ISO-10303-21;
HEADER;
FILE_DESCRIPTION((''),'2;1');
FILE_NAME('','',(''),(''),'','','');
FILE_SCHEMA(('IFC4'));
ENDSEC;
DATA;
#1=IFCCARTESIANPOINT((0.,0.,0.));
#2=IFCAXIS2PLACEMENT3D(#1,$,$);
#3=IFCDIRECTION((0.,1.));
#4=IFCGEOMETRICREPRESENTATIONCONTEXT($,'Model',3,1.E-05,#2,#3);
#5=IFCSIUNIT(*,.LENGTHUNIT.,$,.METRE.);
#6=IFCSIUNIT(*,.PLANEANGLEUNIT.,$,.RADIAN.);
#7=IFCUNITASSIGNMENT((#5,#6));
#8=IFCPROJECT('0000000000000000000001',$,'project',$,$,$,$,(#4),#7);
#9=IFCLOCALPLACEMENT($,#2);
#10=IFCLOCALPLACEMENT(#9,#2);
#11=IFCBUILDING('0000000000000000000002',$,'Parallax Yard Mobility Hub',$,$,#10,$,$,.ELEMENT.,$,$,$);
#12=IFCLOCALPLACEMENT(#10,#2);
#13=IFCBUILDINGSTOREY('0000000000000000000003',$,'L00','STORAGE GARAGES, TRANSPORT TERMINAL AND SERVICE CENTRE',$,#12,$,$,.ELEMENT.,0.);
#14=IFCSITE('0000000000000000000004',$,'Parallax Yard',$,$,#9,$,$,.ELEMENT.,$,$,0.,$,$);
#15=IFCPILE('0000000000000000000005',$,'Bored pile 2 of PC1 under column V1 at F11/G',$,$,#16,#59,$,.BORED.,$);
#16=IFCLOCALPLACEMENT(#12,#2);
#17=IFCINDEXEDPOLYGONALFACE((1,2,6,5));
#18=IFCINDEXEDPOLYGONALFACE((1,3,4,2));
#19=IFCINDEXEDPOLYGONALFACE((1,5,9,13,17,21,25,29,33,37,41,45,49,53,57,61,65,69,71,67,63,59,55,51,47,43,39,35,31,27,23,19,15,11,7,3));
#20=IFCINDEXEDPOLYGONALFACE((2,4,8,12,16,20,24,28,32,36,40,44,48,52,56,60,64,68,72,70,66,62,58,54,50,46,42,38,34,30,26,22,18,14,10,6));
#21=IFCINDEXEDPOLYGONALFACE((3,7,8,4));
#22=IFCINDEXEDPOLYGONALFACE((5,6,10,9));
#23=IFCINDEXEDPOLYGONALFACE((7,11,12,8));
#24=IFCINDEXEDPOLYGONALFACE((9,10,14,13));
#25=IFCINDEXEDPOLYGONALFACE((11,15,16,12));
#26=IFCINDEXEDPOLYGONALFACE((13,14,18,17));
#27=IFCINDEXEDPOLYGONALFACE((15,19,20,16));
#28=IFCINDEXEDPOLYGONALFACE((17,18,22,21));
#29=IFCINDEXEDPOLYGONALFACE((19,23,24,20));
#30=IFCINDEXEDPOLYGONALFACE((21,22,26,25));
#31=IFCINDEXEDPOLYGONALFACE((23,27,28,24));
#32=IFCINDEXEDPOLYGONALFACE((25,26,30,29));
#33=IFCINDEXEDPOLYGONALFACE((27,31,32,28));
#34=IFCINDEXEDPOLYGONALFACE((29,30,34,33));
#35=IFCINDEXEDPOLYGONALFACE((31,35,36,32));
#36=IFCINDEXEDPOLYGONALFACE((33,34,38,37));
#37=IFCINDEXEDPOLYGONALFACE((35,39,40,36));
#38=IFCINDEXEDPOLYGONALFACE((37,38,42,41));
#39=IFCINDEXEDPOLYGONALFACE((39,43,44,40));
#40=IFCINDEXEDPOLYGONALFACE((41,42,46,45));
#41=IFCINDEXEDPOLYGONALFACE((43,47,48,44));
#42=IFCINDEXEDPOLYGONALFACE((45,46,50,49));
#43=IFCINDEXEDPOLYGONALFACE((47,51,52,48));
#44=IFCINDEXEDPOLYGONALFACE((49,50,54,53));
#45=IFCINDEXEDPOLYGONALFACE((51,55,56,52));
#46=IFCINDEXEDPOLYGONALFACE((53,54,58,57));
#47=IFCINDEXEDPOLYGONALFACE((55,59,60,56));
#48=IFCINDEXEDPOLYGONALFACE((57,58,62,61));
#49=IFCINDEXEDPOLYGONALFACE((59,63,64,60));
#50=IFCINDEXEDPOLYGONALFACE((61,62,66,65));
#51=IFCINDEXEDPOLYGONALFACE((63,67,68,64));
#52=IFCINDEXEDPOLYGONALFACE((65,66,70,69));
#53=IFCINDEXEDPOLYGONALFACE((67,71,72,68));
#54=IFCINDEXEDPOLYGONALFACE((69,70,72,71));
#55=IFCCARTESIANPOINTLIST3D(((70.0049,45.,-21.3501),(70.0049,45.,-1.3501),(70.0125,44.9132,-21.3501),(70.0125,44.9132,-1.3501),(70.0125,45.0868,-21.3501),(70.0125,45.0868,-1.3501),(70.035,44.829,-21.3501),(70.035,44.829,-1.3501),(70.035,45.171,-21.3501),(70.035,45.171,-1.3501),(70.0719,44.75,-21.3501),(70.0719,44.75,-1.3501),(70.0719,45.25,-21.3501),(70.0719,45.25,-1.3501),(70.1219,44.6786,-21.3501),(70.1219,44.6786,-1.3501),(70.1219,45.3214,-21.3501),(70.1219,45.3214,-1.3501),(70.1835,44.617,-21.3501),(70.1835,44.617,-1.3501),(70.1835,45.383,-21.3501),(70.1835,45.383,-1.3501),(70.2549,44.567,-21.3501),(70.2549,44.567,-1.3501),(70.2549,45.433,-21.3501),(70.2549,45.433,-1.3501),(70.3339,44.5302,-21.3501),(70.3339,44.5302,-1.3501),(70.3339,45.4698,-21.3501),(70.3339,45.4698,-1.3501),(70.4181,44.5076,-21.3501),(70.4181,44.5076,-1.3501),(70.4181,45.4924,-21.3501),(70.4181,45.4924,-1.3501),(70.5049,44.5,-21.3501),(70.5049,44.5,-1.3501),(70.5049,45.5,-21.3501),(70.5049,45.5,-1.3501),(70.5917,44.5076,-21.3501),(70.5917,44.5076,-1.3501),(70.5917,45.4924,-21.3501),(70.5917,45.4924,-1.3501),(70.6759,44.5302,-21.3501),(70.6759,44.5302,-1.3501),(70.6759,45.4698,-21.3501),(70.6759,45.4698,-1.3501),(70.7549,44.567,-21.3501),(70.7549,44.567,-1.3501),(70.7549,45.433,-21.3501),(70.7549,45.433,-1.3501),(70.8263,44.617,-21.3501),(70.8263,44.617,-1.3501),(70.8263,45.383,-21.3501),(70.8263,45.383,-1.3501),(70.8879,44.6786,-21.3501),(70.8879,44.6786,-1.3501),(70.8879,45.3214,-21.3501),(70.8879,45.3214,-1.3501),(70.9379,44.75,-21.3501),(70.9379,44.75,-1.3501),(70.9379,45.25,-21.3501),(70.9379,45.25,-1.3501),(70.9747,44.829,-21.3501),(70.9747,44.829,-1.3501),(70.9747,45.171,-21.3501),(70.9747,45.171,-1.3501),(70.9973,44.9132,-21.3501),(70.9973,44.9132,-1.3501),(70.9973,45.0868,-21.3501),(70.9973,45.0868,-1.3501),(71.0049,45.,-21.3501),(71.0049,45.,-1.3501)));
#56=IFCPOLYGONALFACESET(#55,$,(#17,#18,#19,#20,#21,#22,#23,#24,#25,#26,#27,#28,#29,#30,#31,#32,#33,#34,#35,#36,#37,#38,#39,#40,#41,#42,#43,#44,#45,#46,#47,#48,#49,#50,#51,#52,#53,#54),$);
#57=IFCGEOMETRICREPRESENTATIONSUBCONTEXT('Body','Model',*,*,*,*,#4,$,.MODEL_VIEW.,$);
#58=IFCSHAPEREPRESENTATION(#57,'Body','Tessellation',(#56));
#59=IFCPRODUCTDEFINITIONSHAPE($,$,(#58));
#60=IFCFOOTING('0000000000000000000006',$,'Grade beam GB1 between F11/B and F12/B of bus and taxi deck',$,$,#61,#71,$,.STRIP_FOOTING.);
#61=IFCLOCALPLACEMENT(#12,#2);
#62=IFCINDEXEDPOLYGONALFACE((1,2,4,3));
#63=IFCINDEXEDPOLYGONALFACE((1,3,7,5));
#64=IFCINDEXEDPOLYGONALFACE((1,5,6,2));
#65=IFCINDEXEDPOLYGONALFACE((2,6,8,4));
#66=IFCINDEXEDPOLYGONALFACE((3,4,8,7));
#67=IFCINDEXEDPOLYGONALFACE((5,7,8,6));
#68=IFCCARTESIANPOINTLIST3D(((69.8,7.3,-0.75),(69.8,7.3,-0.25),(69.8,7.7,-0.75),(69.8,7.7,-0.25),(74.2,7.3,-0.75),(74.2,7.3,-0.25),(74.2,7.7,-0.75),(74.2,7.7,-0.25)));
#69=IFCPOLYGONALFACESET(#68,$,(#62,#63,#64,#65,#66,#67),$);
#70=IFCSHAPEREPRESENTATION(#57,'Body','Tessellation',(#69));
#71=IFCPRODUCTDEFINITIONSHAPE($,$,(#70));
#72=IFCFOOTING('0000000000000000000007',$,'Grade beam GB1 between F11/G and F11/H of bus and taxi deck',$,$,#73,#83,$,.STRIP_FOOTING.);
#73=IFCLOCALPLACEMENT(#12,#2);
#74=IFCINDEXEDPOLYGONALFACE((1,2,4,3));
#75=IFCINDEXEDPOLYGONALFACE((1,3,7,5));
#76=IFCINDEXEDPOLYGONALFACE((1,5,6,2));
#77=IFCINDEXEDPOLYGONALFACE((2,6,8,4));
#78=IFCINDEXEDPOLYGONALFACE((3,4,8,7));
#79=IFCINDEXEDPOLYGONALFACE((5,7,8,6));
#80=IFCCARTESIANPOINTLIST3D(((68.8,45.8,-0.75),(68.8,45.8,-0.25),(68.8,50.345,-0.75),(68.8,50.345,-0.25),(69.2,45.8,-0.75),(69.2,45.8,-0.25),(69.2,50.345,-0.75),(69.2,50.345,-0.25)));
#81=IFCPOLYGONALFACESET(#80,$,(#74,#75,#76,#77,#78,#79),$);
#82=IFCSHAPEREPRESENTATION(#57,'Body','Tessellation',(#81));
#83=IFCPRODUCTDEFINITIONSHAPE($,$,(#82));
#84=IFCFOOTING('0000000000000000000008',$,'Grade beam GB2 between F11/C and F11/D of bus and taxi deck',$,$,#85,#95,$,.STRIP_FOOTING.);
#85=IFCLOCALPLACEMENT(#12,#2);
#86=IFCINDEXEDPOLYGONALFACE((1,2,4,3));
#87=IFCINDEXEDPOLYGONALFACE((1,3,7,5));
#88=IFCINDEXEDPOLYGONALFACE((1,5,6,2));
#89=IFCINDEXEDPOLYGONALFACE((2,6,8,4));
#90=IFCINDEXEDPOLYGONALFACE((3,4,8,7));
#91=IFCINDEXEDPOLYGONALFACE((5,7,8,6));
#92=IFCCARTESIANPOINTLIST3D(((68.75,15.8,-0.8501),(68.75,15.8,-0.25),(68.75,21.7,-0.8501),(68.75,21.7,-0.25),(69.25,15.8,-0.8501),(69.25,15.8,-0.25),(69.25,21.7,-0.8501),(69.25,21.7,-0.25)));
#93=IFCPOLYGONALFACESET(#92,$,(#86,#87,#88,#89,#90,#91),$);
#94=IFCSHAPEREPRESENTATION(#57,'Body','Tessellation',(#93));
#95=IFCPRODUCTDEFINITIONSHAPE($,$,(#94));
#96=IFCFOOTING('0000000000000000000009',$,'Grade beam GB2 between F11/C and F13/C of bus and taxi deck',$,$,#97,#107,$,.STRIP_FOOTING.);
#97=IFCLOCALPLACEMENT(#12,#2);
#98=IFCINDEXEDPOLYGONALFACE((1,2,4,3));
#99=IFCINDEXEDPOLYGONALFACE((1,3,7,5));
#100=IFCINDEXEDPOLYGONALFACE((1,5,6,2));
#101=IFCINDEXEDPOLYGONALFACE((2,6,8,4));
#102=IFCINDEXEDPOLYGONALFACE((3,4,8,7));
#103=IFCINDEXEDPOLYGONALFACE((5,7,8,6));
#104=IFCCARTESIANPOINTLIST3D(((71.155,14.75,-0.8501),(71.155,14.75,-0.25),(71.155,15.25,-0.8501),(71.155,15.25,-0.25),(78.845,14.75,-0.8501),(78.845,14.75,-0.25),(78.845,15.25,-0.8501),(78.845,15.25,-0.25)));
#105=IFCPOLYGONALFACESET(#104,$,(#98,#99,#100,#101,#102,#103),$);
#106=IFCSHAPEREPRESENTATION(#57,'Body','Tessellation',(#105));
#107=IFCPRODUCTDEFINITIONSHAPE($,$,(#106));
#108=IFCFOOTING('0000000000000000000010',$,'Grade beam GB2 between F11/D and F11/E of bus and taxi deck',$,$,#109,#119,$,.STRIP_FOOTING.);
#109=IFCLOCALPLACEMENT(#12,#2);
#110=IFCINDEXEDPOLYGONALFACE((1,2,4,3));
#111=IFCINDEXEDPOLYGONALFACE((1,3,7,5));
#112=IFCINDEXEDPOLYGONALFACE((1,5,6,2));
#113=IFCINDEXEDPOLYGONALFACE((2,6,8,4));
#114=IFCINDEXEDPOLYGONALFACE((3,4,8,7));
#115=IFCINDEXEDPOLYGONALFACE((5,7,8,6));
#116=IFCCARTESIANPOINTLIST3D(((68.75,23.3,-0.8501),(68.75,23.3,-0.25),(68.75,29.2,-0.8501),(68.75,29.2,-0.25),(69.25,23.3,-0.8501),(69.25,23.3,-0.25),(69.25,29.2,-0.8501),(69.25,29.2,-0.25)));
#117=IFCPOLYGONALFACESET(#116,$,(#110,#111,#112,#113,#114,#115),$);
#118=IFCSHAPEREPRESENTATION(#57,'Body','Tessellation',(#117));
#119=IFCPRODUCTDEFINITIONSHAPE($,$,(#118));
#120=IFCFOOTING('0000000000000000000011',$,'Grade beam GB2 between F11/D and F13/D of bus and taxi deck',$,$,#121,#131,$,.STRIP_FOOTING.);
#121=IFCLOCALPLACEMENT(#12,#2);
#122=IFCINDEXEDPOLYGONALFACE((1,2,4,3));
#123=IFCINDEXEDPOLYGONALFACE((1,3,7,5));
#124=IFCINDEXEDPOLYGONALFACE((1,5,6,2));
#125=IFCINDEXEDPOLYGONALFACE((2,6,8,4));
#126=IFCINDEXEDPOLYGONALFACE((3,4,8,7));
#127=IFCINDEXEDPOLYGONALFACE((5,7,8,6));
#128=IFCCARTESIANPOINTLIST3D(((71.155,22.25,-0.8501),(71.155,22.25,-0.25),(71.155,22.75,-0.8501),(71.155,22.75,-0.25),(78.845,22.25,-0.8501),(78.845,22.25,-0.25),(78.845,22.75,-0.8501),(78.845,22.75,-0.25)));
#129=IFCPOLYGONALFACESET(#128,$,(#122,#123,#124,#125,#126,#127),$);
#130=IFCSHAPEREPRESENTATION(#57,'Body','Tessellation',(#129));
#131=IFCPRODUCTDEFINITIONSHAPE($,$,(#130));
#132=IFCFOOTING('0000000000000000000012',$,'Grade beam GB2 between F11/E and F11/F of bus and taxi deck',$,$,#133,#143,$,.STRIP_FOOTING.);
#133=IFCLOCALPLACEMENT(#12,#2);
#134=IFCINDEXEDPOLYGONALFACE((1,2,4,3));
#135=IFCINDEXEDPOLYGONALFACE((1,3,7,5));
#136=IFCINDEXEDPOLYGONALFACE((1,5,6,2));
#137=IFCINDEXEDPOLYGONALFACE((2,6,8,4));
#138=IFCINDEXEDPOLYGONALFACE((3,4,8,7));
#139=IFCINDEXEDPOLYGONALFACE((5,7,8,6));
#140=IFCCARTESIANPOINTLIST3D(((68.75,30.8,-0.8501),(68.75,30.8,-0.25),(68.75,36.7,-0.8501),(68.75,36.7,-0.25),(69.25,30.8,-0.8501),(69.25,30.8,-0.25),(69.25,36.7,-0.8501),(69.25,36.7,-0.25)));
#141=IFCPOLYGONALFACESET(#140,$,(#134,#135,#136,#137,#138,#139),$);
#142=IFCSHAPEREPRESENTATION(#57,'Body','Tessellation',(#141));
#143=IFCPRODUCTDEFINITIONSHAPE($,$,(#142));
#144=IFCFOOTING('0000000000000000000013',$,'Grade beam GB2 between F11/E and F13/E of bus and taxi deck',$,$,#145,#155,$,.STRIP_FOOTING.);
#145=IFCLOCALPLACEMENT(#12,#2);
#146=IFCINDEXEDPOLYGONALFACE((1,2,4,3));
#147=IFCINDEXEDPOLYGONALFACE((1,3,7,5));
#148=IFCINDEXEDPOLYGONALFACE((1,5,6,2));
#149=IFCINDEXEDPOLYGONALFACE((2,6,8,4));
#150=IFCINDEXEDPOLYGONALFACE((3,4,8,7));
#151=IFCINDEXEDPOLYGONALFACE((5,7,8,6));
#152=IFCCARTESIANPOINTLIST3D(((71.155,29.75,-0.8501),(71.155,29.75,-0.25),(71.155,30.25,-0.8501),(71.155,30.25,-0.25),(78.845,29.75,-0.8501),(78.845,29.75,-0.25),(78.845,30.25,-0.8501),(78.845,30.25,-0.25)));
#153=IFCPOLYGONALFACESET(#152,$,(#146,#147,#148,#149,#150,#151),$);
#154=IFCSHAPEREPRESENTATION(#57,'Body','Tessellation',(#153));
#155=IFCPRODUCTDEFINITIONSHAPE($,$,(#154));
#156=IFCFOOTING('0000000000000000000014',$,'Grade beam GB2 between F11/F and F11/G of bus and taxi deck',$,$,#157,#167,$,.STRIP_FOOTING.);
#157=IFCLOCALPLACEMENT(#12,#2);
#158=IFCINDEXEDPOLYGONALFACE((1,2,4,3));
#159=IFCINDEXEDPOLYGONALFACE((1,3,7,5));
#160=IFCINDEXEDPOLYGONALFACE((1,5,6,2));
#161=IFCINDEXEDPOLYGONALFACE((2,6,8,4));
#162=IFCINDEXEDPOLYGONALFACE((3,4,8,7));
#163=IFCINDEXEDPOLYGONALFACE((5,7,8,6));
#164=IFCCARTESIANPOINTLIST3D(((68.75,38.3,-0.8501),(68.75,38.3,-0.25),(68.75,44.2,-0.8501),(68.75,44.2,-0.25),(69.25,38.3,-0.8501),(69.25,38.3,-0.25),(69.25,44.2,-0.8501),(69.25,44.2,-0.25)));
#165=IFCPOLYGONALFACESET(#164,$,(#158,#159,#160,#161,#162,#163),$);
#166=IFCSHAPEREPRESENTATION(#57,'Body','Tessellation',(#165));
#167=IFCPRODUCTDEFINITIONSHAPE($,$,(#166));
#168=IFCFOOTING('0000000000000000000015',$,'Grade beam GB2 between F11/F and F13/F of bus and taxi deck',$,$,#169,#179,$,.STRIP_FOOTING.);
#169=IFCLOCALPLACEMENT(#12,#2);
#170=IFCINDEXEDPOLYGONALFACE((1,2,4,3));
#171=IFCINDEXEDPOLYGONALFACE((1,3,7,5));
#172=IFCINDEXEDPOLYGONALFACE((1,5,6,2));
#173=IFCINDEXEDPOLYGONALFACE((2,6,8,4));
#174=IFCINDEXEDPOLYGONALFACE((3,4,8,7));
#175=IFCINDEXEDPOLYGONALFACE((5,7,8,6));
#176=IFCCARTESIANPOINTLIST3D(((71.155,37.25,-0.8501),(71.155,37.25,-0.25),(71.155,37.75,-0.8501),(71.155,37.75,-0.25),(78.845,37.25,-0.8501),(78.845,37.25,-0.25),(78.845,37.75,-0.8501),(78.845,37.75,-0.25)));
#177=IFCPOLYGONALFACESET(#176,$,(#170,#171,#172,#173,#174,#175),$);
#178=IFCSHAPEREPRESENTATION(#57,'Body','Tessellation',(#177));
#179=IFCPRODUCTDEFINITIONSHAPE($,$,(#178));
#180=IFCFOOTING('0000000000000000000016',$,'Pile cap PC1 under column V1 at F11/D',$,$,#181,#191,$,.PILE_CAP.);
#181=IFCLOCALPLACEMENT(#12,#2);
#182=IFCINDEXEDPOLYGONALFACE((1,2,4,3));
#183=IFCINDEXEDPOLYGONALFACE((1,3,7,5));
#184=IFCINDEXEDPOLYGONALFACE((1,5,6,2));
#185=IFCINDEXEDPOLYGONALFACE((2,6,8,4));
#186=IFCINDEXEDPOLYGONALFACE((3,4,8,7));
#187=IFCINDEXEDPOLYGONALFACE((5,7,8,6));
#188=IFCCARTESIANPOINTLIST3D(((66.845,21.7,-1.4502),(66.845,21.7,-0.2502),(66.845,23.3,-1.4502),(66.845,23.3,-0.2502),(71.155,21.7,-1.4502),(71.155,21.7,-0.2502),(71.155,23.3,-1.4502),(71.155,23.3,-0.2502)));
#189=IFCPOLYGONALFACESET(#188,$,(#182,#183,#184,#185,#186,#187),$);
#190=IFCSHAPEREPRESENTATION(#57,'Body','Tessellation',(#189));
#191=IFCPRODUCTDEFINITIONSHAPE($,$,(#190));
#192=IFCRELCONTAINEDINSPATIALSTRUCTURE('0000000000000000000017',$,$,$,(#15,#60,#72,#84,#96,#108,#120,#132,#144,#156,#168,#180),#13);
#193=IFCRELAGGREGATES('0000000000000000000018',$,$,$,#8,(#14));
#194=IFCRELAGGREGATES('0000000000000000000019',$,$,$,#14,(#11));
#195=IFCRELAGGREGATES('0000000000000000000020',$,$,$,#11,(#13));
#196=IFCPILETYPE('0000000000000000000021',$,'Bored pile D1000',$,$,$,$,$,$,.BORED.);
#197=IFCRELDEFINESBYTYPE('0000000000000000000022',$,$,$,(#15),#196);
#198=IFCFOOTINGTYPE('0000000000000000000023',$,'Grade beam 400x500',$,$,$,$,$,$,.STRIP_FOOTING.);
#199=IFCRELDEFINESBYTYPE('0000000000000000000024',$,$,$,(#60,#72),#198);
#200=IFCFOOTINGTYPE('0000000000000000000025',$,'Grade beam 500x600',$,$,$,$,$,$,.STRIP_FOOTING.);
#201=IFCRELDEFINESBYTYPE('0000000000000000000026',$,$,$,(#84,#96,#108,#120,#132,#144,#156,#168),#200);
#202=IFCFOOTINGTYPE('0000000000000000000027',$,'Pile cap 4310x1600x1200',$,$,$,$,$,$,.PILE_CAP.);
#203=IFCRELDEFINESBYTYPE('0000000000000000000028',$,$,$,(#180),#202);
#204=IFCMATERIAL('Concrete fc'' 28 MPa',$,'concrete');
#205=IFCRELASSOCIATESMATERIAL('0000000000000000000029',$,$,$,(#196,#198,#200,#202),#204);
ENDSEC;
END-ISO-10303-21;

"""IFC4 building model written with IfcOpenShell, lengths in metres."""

from ifc_helpers import new_model, si_unit, direction, frame, origin, origin_2d, place, context, subcontext, project, spatial, rectangle, circle, extrude, material, material_profile, profile_set, type_object, element, save


model = new_model("IFC4")

# Units and contexts
model_context = context("Model", 3, precision=1e-05, world=origin(), true_north=direction((0.0, 1.0)))
body_context = subcontext(model_context, "Body", "Model", "MODEL_VIEW")
ifc_project = project(units=[si_unit("LENGTHUNIT", "METRE"), si_unit("PLANEANGLEUNIT", "RADIAN")], contexts=[model_context])

# Site, building, storey
site_placement = place(None, origin())
site = spatial("IfcSite", under=ifc_project, at=site_placement, Name="Parallax Yard", CompositionType="ELEMENT", RefElevation=0.0)
building_placement = place(site_placement, origin())
building = spatial("IfcBuilding", under=site, at=building_placement, Name="Parallax Yard Mobility Hub", CompositionType="ELEMENT")
storey_placement = place(building_placement, origin())
storey = spatial("IfcBuildingStorey", under=building, at=storey_placement, Name="L00", Description="STORAGE GARAGES, TRANSPORT TERMINAL AND SERVICE CENTRE", CompositionType="ELEMENT", Elevation=0.0)

# Pile
ifc_material_1 = material(Name="Concrete fc' 28 MPa", Category="concrete")
ifc_material_profile_1 = material_profile(ifc_material_1, circle(Radius=0.5, at=origin_2d()), Name="Bored pile D1000")
ifc_profile_set_1 = profile_set([ifc_material_profile_1], Name="Concrete fc' 28 MPa")
pile_type = type_object("IfcPileType", Name="Bored pile D1000", PredefinedType="BORED", material=ifc_profile_set_1)
for number, where, z_axis, x_axis, name in (
    (1, (70.5049, 45.0, -1.3501), (0.0, 0.0, -1.0), (1.0, 0.0, 0.0), "Bored pile 2 of PC1 under column V1 at F11/G"),
):
    element("IfcPile", number, at=place(storey_placement, frame(where, z_axis=z_axis, x_axis=x_axis)), inside=storey, type_object=pile_type, Name=name, PredefinedType="BORED", context=body_context, shape_type="SweptSolid", body=[
        extrude(circle(Radius=0.5, at=origin_2d()), origin(), (0.0, 0.0, 1.0), 20.0),
    ])

# Footings
ifc_material_profile_2 = material_profile(ifc_material_1, rectangle(XDim=0.3999, YDim=0.5, at=origin_2d()), Name="Grade beam 400x500")
ifc_profile_set_2 = profile_set([ifc_material_profile_2], Name="Concrete fc' 28 MPa")
footing_type_1 = type_object("IfcFootingType", Name="Grade beam 400x500", PredefinedType="STRIP_FOOTING", material=ifc_profile_set_2)
footing_1_placement = place(storey_placement, frame((69.8, 7.5, -0.5), z_axis=(1.0, 0.0, 0.0), x_axis=(0.0, 1.0, 0.0)))
element("IfcFooting", 2, at=footing_1_placement, inside=storey, type_object=footing_type_1, Name="Grade beam GB1 between F11/B and F12/B of bus and taxi deck", PredefinedType="STRIP_FOOTING", context=body_context, shape_type="SweptSolid", body=[
    extrude(rectangle(XDim=0.3999, YDim=0.5, at=origin_2d()), origin(), (0.0, 0.0, 1.0), 4.3999),
])
footing_2_placement = place(storey_placement, frame((69.0, 45.8, -0.5), z_axis=(0.0, 1.0, 0.0), x_axis=(-1.0, 0.0, 0.0)))
element("IfcFooting", 3, at=footing_2_placement, inside=storey, type_object=footing_type_1, Name="Grade beam GB1 between F11/G and F11/H of bus and taxi deck", PredefinedType="STRIP_FOOTING", context=body_context, shape_type="SweptSolid", body=[
    extrude(rectangle(XDim=0.3999, YDim=0.5, at=origin_2d()), origin(), (0.0, 0.0, 1.0), 4.5449),
])
ifc_material_profile_3 = material_profile(ifc_material_1, rectangle(XDim=0.5, YDim=0.6001, at=origin_2d()), Name="Grade beam 500x600")
ifc_profile_set_3 = profile_set([ifc_material_profile_3], Name="Concrete fc' 28 MPa")
footing_type_2 = type_object("IfcFootingType", Name="Grade beam 500x600", PredefinedType="STRIP_FOOTING", material=ifc_profile_set_3)
footing_3_placement = place(storey_placement, frame((69.0, 15.8, -0.55), z_axis=(0.0, 1.0, 0.0), x_axis=(-1.0, 0.0, 0.0)))
element("IfcFooting", 4, at=footing_3_placement, inside=storey, type_object=footing_type_2, Name="Grade beam GB2 between F11/C and F11/D of bus and taxi deck", PredefinedType="STRIP_FOOTING", context=body_context, shape_type="SweptSolid", body=[
    extrude(rectangle(XDim=0.5, YDim=0.6001, at=origin_2d()), origin(), (0.0, 0.0, 1.0), 5.8999),
])
footing_4_placement = place(storey_placement, frame((71.155, 15.0, -0.55), z_axis=(1.0, 0.0, 0.0), x_axis=(0.0, 1.0, 0.0)))
element("IfcFooting", 5, at=footing_4_placement, inside=storey, type_object=footing_type_2, Name="Grade beam GB2 between F11/C and F13/C of bus and taxi deck", PredefinedType="STRIP_FOOTING", context=body_context, shape_type="SweptSolid", body=[
    extrude(rectangle(XDim=0.5, YDim=0.6001, at=origin_2d()), origin(), (0.0, 0.0, 1.0), 7.6899),
])
footing_5_placement = place(storey_placement, frame((69.0, 23.3, -0.55), z_axis=(0.0, 1.0, 0.0), x_axis=(-1.0, 0.0, 0.0)))
element("IfcFooting", 6, at=footing_5_placement, inside=storey, type_object=footing_type_2, Name="Grade beam GB2 between F11/D and F11/E of bus and taxi deck", PredefinedType="STRIP_FOOTING", context=body_context, shape_type="SweptSolid", body=[
    extrude(rectangle(XDim=0.5, YDim=0.6001, at=origin_2d()), origin(), (0.0, 0.0, 1.0), 5.8999),
])
footing_6_placement = place(storey_placement, frame((71.155, 22.5, -0.55), z_axis=(1.0, 0.0, 0.0), x_axis=(0.0, 1.0, 0.0)))
element("IfcFooting", 7, at=footing_6_placement, inside=storey, type_object=footing_type_2, Name="Grade beam GB2 between F11/D and F13/D of bus and taxi deck", PredefinedType="STRIP_FOOTING", context=body_context, shape_type="SweptSolid", body=[
    extrude(rectangle(XDim=0.5, YDim=0.6001, at=origin_2d()), origin(), (0.0, 0.0, 1.0), 7.6899),
])
footing_7_placement = place(storey_placement, frame((69.0, 30.8, -0.55), z_axis=(0.0, 1.0, 0.0), x_axis=(-1.0, 0.0, 0.0)))
element("IfcFooting", 8, at=footing_7_placement, inside=storey, type_object=footing_type_2, Name="Grade beam GB2 between F11/E and F11/F of bus and taxi deck", PredefinedType="STRIP_FOOTING", context=body_context, shape_type="SweptSolid", body=[
    extrude(rectangle(XDim=0.5, YDim=0.6001, at=origin_2d()), origin(), (0.0, 0.0, 1.0), 5.8999),
])
footing_8_placement = place(storey_placement, frame((71.155, 30.0, -0.55), z_axis=(1.0, 0.0, 0.0), x_axis=(0.0, 1.0, 0.0)))
element("IfcFooting", 9, at=footing_8_placement, inside=storey, type_object=footing_type_2, Name="Grade beam GB2 between F11/E and F13/E of bus and taxi deck", PredefinedType="STRIP_FOOTING", context=body_context, shape_type="SweptSolid", body=[
    extrude(rectangle(XDim=0.5, YDim=0.6001, at=origin_2d()), origin(), (0.0, 0.0, 1.0), 7.6899),
])
footing_9_placement = place(storey_placement, frame((69.0, 38.3, -0.55), z_axis=(0.0, 1.0, 0.0), x_axis=(-1.0, 0.0, 0.0)))
element("IfcFooting", 10, at=footing_9_placement, inside=storey, type_object=footing_type_2, Name="Grade beam GB2 between F11/F and F11/G of bus and taxi deck", PredefinedType="STRIP_FOOTING", context=body_context, shape_type="SweptSolid", body=[
    extrude(rectangle(XDim=0.5, YDim=0.6001, at=origin_2d()), origin(), (0.0, 0.0, 1.0), 5.8999),
])
footing_10_placement = place(storey_placement, frame((71.155, 37.5, -0.55), z_axis=(1.0, 0.0, 0.0), x_axis=(0.0, 1.0, 0.0)))
element("IfcFooting", 11, at=footing_10_placement, inside=storey, type_object=footing_type_2, Name="Grade beam GB2 between F11/F and F13/F of bus and taxi deck", PredefinedType="STRIP_FOOTING", context=body_context, shape_type="SweptSolid", body=[
    extrude(rectangle(XDim=0.5, YDim=0.6001, at=origin_2d()), origin(), (0.0, 0.0, 1.0), 7.6899),
])
footing_type_3 = type_object("IfcFootingType", Name="Pile cap 4310x1600x1200", PredefinedType="PILE_CAP", material=ifc_material_1)
for number, where, z_axis, x_axis, name in (
    (12, (69.0, 22.5, -1.4502), (0.0, 0.0, 1.0), (1.0, 0.0, 0.0), "Pile cap PC1 under column V1 at F11/D"),
):
    element("IfcFooting", number, at=place(storey_placement, frame(where, z_axis=z_axis, x_axis=x_axis)), inside=storey, type_object=footing_type_3, Name=name, PredefinedType="PILE_CAP", context=body_context, shape_type="SweptSolid", body=[
        extrude(rectangle(XDim=4.3101, YDim=1.6001, at=origin_2d()), origin(), (0.0, 0.0, 1.0), 1.2),
    ])

save(model, "model.ifc")
